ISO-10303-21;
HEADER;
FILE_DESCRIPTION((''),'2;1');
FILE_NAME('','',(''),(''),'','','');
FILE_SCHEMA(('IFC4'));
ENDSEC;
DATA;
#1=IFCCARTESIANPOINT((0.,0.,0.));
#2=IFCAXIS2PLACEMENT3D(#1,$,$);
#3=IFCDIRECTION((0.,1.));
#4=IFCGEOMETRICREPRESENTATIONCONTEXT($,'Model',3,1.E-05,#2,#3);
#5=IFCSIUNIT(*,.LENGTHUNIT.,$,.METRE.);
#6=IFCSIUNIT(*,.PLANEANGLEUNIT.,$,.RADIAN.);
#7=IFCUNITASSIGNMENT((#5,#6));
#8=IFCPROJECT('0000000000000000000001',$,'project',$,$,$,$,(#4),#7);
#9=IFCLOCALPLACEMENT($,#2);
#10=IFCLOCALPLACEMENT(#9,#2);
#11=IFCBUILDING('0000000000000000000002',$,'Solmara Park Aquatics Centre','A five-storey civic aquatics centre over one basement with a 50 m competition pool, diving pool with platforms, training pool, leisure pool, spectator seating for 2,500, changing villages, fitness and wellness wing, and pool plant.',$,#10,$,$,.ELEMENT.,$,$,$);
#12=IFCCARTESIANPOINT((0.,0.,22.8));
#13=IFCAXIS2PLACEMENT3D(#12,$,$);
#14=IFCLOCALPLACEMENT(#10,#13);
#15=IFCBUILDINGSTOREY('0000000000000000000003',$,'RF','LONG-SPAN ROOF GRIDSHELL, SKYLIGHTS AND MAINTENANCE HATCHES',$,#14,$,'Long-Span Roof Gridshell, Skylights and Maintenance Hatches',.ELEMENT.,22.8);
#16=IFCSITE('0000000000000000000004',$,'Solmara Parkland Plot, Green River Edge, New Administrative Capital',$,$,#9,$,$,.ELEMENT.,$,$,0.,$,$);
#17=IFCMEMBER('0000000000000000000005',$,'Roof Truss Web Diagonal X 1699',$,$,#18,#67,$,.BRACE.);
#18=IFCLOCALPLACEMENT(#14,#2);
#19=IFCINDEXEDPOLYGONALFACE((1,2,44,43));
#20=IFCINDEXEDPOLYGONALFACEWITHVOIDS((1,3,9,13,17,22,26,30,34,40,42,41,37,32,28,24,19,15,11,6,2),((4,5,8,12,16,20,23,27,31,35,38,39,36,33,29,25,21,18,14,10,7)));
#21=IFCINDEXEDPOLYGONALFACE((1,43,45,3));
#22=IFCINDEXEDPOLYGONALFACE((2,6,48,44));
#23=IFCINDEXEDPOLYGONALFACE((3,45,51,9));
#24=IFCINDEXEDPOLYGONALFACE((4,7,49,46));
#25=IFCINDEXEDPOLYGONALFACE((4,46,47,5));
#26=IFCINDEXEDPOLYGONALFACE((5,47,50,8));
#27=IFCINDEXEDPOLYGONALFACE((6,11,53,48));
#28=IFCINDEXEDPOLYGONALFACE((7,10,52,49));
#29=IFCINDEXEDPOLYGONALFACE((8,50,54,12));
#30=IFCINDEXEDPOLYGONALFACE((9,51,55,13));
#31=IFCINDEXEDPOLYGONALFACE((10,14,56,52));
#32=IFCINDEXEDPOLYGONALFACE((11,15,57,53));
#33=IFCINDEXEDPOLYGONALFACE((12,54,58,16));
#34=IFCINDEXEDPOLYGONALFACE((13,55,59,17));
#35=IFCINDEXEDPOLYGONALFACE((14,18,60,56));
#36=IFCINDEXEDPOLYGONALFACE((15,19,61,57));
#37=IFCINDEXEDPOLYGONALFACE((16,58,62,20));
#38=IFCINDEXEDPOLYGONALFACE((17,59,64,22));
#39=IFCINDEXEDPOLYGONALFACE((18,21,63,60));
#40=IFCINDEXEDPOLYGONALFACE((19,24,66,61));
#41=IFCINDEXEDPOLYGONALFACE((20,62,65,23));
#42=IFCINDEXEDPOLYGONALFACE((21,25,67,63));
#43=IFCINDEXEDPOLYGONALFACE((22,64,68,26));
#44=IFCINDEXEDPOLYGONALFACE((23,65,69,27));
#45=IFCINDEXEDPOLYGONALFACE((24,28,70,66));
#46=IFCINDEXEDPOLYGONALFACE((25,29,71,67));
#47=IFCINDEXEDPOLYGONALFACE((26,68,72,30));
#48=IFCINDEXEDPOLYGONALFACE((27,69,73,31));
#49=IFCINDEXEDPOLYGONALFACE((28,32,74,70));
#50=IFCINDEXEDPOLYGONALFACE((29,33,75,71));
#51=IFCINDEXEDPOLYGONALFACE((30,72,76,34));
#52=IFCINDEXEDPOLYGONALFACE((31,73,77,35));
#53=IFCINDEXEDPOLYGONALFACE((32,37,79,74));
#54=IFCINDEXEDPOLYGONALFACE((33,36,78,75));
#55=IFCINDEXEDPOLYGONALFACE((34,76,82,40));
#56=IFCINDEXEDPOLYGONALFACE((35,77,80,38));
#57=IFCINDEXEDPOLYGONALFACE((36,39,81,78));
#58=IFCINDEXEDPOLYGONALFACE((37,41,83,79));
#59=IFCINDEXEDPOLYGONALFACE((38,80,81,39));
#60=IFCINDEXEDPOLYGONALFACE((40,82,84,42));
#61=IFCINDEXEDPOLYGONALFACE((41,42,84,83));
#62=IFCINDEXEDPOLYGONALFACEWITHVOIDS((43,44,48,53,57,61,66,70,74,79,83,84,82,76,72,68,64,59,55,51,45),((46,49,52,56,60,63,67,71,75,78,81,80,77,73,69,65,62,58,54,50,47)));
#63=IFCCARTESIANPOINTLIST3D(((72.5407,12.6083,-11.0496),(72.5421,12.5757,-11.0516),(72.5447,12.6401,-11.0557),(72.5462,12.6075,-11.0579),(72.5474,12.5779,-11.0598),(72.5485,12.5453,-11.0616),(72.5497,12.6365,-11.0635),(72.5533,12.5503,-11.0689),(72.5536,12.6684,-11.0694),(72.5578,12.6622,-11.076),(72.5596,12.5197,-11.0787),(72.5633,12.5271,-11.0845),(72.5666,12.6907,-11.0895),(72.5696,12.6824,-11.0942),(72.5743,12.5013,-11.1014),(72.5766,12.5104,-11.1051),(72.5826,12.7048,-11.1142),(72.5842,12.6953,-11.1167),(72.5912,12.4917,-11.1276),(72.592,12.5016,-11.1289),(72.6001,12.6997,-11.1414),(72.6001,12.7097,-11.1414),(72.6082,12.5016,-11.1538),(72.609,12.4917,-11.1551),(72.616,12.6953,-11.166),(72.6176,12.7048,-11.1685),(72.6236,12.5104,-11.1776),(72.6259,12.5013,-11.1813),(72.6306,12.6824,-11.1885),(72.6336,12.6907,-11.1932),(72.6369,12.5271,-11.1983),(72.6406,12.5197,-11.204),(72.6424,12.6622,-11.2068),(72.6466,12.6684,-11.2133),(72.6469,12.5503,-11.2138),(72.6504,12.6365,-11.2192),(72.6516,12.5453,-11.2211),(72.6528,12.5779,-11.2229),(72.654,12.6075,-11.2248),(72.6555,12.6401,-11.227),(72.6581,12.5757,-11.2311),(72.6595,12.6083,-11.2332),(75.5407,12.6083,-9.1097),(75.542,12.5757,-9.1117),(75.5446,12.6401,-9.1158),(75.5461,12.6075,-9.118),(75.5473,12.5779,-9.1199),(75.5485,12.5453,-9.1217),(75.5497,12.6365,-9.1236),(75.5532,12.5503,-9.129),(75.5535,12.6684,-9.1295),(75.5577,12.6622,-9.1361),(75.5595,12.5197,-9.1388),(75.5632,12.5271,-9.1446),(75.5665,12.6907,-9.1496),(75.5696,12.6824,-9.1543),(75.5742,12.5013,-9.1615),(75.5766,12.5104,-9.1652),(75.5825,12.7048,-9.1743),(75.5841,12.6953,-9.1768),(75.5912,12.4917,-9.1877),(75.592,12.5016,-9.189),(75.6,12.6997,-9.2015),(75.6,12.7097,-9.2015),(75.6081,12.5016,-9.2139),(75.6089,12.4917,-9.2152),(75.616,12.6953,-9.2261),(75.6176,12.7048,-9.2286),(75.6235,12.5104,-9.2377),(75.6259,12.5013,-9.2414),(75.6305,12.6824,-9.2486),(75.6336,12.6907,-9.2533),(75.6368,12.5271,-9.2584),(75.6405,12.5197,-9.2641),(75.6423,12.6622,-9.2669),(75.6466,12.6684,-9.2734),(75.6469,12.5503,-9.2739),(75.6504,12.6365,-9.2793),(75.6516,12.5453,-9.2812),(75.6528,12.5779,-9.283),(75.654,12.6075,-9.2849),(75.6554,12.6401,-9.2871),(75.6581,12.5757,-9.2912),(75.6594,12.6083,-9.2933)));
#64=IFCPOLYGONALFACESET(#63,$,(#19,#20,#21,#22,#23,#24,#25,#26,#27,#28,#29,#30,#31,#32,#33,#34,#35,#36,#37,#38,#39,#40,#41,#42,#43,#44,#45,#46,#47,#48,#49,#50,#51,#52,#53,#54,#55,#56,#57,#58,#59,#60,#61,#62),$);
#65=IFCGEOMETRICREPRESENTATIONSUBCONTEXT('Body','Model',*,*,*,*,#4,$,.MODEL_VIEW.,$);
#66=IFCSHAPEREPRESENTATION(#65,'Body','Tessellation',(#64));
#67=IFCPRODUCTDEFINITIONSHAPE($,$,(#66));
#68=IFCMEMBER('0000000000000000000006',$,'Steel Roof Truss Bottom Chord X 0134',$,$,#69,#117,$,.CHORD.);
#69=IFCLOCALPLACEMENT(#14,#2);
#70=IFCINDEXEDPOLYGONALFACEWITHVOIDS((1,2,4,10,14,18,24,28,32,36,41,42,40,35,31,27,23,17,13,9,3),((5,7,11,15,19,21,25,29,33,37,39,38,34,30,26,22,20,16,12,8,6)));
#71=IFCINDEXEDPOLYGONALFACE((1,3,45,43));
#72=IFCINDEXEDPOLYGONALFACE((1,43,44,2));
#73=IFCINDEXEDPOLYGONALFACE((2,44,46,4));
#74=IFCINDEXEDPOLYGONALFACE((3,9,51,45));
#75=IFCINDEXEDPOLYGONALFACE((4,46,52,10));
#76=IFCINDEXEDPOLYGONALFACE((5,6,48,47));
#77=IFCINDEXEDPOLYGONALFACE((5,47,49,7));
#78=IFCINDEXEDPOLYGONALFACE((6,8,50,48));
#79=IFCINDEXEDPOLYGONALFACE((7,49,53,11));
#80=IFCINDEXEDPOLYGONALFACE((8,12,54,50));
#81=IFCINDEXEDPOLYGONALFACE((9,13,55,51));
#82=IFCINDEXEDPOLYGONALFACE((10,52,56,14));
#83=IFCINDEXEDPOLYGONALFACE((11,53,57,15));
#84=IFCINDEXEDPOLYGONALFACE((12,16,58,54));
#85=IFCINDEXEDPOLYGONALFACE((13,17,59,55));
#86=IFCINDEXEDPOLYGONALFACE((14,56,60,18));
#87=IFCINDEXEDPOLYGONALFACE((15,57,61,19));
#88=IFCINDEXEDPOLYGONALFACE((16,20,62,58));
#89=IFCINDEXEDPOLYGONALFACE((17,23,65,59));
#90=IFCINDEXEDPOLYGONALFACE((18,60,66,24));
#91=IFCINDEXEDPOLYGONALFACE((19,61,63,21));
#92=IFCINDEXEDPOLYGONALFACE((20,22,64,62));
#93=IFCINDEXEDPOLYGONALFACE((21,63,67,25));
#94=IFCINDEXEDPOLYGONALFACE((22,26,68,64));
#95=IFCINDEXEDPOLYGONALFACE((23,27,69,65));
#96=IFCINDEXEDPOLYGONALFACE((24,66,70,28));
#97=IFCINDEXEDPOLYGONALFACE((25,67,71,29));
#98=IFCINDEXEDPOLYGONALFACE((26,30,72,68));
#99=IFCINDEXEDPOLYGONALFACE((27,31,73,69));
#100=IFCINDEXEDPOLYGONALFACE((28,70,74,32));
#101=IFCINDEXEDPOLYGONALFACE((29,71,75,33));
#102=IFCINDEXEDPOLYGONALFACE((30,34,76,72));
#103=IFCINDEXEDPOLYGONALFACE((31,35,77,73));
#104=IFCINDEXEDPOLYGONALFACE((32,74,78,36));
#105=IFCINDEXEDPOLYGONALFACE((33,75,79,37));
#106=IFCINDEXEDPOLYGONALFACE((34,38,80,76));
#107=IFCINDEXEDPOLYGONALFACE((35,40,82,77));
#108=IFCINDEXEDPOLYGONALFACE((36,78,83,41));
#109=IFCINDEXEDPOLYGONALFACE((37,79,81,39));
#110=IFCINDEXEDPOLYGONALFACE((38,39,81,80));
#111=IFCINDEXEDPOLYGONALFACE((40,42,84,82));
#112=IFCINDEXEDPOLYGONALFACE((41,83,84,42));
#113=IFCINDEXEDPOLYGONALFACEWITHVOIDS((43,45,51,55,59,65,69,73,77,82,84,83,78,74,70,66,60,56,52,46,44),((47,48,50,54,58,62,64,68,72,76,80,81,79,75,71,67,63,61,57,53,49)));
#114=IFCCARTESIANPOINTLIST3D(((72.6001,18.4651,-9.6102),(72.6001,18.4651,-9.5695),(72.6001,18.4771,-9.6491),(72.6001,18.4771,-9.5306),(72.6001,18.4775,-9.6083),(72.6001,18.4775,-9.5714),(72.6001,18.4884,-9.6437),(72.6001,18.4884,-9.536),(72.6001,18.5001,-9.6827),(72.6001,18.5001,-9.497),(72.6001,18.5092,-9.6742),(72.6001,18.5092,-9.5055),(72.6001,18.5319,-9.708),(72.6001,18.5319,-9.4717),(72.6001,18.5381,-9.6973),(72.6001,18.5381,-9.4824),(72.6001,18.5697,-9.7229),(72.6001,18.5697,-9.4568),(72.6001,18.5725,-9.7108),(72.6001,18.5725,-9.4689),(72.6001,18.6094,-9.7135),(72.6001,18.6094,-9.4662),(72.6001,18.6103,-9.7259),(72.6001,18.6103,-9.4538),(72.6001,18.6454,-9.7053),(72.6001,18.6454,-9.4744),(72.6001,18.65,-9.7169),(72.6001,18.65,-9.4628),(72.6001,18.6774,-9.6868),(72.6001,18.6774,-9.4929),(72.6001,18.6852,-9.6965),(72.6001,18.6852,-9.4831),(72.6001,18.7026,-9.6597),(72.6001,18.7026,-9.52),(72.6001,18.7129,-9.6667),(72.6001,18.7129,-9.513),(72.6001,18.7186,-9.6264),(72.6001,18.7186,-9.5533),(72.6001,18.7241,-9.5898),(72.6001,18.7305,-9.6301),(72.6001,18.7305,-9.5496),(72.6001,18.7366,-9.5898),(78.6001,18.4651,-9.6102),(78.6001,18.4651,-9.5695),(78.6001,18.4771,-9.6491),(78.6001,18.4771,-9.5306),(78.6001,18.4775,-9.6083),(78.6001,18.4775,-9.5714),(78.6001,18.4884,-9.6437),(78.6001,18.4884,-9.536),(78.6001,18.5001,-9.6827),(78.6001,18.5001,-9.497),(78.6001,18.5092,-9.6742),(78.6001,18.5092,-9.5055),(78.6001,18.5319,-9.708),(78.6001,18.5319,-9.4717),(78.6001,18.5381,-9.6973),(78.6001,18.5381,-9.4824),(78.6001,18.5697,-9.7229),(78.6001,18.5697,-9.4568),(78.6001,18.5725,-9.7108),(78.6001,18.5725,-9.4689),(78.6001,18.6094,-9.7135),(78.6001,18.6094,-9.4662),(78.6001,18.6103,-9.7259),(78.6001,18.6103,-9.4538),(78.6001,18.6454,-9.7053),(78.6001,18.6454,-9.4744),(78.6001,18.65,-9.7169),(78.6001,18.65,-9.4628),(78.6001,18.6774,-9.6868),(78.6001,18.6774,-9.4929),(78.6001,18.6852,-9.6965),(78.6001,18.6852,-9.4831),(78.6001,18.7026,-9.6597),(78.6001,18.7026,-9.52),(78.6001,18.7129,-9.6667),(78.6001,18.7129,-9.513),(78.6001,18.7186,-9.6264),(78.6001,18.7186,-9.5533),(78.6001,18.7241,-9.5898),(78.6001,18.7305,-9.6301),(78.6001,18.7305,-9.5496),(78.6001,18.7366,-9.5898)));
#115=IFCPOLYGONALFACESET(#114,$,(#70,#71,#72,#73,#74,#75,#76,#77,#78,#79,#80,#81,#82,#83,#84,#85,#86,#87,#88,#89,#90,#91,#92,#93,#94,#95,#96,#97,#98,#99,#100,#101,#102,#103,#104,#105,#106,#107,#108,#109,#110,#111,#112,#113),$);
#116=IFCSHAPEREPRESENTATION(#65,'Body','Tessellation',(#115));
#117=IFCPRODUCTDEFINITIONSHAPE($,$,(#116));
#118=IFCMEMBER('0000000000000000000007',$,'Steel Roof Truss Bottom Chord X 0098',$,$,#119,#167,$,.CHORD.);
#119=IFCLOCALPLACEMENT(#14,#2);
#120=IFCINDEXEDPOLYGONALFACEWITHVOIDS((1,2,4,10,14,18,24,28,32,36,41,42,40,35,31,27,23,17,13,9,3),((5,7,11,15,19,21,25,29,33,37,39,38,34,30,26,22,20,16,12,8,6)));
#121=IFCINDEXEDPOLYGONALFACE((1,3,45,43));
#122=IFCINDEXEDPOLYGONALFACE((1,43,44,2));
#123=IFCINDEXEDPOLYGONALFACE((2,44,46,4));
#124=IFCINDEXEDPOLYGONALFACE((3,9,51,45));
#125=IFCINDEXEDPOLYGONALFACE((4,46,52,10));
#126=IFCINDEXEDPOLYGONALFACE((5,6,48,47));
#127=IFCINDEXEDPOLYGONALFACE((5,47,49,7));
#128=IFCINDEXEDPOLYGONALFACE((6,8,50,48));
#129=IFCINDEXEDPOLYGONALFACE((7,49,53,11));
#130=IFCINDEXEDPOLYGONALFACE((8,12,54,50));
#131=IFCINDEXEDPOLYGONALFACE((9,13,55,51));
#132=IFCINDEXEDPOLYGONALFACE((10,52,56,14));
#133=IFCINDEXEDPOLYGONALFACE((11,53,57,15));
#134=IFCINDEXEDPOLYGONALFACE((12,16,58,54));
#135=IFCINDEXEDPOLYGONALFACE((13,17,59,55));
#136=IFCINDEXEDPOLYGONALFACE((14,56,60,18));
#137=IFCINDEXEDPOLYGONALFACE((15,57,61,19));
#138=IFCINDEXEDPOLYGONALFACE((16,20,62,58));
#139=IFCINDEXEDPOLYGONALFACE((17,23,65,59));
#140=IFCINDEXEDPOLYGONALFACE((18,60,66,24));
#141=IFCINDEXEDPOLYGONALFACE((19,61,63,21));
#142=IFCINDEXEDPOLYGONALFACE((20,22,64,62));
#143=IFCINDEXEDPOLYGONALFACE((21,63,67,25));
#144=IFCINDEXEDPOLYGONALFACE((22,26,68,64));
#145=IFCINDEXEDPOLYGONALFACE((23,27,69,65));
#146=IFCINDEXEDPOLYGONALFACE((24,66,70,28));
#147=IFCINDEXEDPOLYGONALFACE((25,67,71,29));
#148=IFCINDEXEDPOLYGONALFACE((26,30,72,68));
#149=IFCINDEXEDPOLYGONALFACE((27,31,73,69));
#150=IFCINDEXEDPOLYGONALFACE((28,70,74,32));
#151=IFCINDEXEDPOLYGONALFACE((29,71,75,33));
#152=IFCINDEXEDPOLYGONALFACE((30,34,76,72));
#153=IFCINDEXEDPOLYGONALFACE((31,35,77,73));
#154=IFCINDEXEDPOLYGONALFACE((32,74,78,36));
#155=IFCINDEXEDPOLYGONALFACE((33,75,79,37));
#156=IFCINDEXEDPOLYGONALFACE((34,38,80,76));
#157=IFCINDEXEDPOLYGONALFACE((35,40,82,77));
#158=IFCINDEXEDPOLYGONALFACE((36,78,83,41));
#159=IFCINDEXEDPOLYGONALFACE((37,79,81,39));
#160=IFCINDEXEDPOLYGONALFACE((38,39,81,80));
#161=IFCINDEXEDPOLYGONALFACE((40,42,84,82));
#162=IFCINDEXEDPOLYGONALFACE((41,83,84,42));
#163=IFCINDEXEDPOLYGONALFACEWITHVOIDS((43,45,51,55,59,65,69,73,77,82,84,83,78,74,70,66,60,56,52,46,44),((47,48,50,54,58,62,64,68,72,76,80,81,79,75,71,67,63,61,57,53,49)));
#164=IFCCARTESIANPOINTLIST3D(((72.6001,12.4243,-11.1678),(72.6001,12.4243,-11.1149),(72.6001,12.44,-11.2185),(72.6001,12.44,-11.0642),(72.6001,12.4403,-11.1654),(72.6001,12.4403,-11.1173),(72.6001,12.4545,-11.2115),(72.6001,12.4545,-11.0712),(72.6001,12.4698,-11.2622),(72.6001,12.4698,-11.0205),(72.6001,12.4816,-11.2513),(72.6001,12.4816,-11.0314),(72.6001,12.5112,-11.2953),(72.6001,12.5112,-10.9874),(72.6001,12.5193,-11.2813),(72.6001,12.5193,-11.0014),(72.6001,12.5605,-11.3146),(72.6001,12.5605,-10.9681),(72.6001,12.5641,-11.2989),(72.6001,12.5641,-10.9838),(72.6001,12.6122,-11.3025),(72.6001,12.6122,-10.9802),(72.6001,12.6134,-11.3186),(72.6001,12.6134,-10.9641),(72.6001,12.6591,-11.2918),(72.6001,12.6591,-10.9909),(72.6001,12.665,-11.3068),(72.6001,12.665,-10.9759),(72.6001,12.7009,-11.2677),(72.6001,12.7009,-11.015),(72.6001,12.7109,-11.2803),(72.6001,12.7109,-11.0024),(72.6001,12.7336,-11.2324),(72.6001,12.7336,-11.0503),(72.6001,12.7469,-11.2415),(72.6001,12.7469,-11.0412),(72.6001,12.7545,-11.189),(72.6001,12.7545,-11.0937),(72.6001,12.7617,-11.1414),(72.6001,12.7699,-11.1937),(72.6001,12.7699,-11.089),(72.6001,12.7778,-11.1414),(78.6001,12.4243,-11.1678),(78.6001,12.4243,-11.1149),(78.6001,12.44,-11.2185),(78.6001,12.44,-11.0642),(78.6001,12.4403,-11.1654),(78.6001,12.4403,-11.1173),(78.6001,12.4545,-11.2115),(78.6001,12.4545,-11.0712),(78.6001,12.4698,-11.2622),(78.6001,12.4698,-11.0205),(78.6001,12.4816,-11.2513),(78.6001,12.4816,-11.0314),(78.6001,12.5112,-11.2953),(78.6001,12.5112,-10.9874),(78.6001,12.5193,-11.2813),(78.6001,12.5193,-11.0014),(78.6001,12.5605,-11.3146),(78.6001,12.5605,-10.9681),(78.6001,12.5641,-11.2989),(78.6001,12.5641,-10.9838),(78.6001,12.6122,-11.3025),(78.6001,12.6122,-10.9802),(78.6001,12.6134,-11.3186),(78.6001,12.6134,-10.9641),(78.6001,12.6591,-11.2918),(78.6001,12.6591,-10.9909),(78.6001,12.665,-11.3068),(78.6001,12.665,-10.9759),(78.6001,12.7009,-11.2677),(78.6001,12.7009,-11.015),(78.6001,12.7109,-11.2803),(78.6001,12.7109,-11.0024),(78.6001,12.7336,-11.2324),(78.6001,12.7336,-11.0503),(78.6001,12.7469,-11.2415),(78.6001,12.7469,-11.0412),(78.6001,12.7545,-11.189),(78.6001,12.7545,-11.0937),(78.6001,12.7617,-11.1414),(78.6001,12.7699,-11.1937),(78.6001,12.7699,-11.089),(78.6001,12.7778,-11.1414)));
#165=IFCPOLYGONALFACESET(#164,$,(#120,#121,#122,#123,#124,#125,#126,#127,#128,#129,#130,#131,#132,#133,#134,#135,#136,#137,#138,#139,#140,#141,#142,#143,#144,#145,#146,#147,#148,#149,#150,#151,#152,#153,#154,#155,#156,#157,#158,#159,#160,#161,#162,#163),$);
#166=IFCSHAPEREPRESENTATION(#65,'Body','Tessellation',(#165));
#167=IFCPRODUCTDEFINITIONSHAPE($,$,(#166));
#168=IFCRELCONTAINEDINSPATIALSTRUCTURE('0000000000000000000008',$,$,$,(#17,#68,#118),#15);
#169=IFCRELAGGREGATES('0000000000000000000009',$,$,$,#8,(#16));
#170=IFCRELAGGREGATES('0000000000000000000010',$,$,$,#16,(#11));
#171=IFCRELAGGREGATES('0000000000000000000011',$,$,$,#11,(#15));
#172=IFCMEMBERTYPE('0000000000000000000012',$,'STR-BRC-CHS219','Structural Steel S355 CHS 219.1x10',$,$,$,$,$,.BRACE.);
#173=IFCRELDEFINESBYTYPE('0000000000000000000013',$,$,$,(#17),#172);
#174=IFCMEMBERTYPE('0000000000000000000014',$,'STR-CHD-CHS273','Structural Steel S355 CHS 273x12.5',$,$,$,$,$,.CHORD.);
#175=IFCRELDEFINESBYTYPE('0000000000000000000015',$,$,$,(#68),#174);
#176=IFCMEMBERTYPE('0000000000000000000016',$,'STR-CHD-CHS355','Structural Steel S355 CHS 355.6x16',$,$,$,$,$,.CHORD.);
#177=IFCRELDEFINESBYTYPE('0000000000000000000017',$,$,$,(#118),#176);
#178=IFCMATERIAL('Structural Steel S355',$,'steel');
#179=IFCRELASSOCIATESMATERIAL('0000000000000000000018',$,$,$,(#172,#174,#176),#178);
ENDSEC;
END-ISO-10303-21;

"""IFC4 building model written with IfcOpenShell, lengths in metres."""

from ifc_helpers import new_model, si_unit, direction, frame, origin, origin_2d, place, context, subcontext, project, spatial, hollow_circle, extrude, material, material_profile, profile_set, type_object, element, save


model = new_model("IFC4")

# Units and contexts
model_context = context("Model", 3, precision=1e-05, world=origin(), true_north=direction((0.0, 1.0)))
body_context = subcontext(model_context, "Body", "Model", "MODEL_VIEW")
ifc_project = project(units=[si_unit("LENGTHUNIT", "METRE"), si_unit("PLANEANGLEUNIT", "RADIAN")], contexts=[model_context])

# Site, building, storey
site_placement = place(None, origin())
site = spatial("IfcSite", under=ifc_project, at=site_placement, Name="Solmara Parkland Plot, Green River Edge, New Administrative Capital", CompositionType="ELEMENT", RefElevation=0.0)
building_placement = place(site_placement, origin())
building = spatial("IfcBuilding", under=site, at=building_placement, Name="Solmara Park Aquatics Centre", Description="A five-storey civic aquatics centre over one basement with a 50 m competition pool, diving pool with platforms, training pool, leisure pool, spectator seating for 2,500, changing villages, fitness and wellness wing, and pool plant.", CompositionType="ELEMENT")
storey_placement = place(building_placement, frame((0.0, 0.0, 22.8)))
storey = spatial("IfcBuildingStorey", under=building, at=storey_placement, Name="RF", Description="LONG-SPAN ROOF GRIDSHELL, SKYLIGHTS AND MAINTENANCE HATCHES", LongName="Long-Span Roof Gridshell, Skylights and Maintenance Hatches", CompositionType="ELEMENT", Elevation=22.8)

# Members
ifc_material_1 = material(Name="Structural Steel S355", Category="steel")
ifc_material_profile_1 = material_profile(ifc_material_1, hollow_circle(Radius=0.1096, WallThickness=0.01, at=origin_2d()), Name="CHS 219.1x10")
ifc_profile_set_1 = profile_set([ifc_material_profile_1], Name="Structural Steel S355")
member_type_1 = type_object("IfcMemberType", Name="STR-BRC-CHS219", Description="Structural Steel S355 CHS 219.1x10", PredefinedType="BRACE", material=ifc_profile_set_1)
for number, where, z_axis, x_axis, name in (
    (1, (72.6001, 12.6001, -11.1414), (0.839728, 0.0, 0.543008), (0.0, 1.0, 0.0), "Roof Truss Web Diagonal X 1699"),
):
    element("IfcMember", number, at=place(storey_placement, frame(where, z_axis=z_axis, x_axis=x_axis)), inside=storey, type_object=member_type_1, Name=name, PredefinedType="BRACE", context=body_context, shape_type="SweptSolid", body=[
        extrude(hollow_circle(Radius=0.1096, WallThickness=0.01, at=origin_2d()), origin(), (0.0, 0.0, 1.0), 3.5725),
    ])
ifc_material_profile_2 = material_profile(ifc_material_1, hollow_circle(Radius=0.1365, WallThickness=0.0125, at=origin_2d()), Name="CHS 273x12.5")
ifc_profile_set_2 = profile_set([ifc_material_profile_2], Name="Structural Steel S355")
member_type_2 = type_object("IfcMemberType", Name="STR-CHD-CHS273", Description="Structural Steel S355 CHS 273x12.5", PredefinedType="CHORD", material=ifc_profile_set_2)
member_1_placement = place(storey_placement, frame((72.6001, 18.6001, -9.5898), z_axis=(1.0, 0.0, 0.0), x_axis=(0.0, 1.0, 0.0)))
element("IfcMember", 2, at=member_1_placement, inside=storey, type_object=member_type_2, Name="Steel Roof Truss Bottom Chord X 0134", PredefinedType="CHORD", context=body_context, shape_type="SweptSolid", body=[
    extrude(hollow_circle(Radius=0.1365, WallThickness=0.0125, at=origin_2d()), origin(), (0.0, 0.0, 1.0), 6.0),
])
ifc_material_profile_3 = material_profile(ifc_material_1, hollow_circle(Radius=0.1777, WallThickness=0.0161, at=origin_2d()), Name="CHS 355.6x16")
ifc_profile_set_3 = profile_set([ifc_material_profile_3], Name="Structural Steel S355")
member_type_3 = type_object("IfcMemberType", Name="STR-CHD-CHS355", Description="Structural Steel S355 CHS 355.6x16", PredefinedType="CHORD", material=ifc_profile_set_3)
member_2_placement = place(storey_placement, frame((72.6001, 12.6001, -11.1414), z_axis=(1.0, 0.0, 0.0), x_axis=(0.0, 1.0, 0.0)))
element("IfcMember", 3, at=member_2_placement, inside=storey, type_object=member_type_3, Name="Steel Roof Truss Bottom Chord X 0098", PredefinedType="CHORD", context=body_context, shape_type="SweptSolid", body=[
    extrude(hollow_circle(Radius=0.1777, WallThickness=0.0161, at=origin_2d()), origin(), (0.0, 0.0, 1.0), 6.0),
])

save(model, "model.ifc")
